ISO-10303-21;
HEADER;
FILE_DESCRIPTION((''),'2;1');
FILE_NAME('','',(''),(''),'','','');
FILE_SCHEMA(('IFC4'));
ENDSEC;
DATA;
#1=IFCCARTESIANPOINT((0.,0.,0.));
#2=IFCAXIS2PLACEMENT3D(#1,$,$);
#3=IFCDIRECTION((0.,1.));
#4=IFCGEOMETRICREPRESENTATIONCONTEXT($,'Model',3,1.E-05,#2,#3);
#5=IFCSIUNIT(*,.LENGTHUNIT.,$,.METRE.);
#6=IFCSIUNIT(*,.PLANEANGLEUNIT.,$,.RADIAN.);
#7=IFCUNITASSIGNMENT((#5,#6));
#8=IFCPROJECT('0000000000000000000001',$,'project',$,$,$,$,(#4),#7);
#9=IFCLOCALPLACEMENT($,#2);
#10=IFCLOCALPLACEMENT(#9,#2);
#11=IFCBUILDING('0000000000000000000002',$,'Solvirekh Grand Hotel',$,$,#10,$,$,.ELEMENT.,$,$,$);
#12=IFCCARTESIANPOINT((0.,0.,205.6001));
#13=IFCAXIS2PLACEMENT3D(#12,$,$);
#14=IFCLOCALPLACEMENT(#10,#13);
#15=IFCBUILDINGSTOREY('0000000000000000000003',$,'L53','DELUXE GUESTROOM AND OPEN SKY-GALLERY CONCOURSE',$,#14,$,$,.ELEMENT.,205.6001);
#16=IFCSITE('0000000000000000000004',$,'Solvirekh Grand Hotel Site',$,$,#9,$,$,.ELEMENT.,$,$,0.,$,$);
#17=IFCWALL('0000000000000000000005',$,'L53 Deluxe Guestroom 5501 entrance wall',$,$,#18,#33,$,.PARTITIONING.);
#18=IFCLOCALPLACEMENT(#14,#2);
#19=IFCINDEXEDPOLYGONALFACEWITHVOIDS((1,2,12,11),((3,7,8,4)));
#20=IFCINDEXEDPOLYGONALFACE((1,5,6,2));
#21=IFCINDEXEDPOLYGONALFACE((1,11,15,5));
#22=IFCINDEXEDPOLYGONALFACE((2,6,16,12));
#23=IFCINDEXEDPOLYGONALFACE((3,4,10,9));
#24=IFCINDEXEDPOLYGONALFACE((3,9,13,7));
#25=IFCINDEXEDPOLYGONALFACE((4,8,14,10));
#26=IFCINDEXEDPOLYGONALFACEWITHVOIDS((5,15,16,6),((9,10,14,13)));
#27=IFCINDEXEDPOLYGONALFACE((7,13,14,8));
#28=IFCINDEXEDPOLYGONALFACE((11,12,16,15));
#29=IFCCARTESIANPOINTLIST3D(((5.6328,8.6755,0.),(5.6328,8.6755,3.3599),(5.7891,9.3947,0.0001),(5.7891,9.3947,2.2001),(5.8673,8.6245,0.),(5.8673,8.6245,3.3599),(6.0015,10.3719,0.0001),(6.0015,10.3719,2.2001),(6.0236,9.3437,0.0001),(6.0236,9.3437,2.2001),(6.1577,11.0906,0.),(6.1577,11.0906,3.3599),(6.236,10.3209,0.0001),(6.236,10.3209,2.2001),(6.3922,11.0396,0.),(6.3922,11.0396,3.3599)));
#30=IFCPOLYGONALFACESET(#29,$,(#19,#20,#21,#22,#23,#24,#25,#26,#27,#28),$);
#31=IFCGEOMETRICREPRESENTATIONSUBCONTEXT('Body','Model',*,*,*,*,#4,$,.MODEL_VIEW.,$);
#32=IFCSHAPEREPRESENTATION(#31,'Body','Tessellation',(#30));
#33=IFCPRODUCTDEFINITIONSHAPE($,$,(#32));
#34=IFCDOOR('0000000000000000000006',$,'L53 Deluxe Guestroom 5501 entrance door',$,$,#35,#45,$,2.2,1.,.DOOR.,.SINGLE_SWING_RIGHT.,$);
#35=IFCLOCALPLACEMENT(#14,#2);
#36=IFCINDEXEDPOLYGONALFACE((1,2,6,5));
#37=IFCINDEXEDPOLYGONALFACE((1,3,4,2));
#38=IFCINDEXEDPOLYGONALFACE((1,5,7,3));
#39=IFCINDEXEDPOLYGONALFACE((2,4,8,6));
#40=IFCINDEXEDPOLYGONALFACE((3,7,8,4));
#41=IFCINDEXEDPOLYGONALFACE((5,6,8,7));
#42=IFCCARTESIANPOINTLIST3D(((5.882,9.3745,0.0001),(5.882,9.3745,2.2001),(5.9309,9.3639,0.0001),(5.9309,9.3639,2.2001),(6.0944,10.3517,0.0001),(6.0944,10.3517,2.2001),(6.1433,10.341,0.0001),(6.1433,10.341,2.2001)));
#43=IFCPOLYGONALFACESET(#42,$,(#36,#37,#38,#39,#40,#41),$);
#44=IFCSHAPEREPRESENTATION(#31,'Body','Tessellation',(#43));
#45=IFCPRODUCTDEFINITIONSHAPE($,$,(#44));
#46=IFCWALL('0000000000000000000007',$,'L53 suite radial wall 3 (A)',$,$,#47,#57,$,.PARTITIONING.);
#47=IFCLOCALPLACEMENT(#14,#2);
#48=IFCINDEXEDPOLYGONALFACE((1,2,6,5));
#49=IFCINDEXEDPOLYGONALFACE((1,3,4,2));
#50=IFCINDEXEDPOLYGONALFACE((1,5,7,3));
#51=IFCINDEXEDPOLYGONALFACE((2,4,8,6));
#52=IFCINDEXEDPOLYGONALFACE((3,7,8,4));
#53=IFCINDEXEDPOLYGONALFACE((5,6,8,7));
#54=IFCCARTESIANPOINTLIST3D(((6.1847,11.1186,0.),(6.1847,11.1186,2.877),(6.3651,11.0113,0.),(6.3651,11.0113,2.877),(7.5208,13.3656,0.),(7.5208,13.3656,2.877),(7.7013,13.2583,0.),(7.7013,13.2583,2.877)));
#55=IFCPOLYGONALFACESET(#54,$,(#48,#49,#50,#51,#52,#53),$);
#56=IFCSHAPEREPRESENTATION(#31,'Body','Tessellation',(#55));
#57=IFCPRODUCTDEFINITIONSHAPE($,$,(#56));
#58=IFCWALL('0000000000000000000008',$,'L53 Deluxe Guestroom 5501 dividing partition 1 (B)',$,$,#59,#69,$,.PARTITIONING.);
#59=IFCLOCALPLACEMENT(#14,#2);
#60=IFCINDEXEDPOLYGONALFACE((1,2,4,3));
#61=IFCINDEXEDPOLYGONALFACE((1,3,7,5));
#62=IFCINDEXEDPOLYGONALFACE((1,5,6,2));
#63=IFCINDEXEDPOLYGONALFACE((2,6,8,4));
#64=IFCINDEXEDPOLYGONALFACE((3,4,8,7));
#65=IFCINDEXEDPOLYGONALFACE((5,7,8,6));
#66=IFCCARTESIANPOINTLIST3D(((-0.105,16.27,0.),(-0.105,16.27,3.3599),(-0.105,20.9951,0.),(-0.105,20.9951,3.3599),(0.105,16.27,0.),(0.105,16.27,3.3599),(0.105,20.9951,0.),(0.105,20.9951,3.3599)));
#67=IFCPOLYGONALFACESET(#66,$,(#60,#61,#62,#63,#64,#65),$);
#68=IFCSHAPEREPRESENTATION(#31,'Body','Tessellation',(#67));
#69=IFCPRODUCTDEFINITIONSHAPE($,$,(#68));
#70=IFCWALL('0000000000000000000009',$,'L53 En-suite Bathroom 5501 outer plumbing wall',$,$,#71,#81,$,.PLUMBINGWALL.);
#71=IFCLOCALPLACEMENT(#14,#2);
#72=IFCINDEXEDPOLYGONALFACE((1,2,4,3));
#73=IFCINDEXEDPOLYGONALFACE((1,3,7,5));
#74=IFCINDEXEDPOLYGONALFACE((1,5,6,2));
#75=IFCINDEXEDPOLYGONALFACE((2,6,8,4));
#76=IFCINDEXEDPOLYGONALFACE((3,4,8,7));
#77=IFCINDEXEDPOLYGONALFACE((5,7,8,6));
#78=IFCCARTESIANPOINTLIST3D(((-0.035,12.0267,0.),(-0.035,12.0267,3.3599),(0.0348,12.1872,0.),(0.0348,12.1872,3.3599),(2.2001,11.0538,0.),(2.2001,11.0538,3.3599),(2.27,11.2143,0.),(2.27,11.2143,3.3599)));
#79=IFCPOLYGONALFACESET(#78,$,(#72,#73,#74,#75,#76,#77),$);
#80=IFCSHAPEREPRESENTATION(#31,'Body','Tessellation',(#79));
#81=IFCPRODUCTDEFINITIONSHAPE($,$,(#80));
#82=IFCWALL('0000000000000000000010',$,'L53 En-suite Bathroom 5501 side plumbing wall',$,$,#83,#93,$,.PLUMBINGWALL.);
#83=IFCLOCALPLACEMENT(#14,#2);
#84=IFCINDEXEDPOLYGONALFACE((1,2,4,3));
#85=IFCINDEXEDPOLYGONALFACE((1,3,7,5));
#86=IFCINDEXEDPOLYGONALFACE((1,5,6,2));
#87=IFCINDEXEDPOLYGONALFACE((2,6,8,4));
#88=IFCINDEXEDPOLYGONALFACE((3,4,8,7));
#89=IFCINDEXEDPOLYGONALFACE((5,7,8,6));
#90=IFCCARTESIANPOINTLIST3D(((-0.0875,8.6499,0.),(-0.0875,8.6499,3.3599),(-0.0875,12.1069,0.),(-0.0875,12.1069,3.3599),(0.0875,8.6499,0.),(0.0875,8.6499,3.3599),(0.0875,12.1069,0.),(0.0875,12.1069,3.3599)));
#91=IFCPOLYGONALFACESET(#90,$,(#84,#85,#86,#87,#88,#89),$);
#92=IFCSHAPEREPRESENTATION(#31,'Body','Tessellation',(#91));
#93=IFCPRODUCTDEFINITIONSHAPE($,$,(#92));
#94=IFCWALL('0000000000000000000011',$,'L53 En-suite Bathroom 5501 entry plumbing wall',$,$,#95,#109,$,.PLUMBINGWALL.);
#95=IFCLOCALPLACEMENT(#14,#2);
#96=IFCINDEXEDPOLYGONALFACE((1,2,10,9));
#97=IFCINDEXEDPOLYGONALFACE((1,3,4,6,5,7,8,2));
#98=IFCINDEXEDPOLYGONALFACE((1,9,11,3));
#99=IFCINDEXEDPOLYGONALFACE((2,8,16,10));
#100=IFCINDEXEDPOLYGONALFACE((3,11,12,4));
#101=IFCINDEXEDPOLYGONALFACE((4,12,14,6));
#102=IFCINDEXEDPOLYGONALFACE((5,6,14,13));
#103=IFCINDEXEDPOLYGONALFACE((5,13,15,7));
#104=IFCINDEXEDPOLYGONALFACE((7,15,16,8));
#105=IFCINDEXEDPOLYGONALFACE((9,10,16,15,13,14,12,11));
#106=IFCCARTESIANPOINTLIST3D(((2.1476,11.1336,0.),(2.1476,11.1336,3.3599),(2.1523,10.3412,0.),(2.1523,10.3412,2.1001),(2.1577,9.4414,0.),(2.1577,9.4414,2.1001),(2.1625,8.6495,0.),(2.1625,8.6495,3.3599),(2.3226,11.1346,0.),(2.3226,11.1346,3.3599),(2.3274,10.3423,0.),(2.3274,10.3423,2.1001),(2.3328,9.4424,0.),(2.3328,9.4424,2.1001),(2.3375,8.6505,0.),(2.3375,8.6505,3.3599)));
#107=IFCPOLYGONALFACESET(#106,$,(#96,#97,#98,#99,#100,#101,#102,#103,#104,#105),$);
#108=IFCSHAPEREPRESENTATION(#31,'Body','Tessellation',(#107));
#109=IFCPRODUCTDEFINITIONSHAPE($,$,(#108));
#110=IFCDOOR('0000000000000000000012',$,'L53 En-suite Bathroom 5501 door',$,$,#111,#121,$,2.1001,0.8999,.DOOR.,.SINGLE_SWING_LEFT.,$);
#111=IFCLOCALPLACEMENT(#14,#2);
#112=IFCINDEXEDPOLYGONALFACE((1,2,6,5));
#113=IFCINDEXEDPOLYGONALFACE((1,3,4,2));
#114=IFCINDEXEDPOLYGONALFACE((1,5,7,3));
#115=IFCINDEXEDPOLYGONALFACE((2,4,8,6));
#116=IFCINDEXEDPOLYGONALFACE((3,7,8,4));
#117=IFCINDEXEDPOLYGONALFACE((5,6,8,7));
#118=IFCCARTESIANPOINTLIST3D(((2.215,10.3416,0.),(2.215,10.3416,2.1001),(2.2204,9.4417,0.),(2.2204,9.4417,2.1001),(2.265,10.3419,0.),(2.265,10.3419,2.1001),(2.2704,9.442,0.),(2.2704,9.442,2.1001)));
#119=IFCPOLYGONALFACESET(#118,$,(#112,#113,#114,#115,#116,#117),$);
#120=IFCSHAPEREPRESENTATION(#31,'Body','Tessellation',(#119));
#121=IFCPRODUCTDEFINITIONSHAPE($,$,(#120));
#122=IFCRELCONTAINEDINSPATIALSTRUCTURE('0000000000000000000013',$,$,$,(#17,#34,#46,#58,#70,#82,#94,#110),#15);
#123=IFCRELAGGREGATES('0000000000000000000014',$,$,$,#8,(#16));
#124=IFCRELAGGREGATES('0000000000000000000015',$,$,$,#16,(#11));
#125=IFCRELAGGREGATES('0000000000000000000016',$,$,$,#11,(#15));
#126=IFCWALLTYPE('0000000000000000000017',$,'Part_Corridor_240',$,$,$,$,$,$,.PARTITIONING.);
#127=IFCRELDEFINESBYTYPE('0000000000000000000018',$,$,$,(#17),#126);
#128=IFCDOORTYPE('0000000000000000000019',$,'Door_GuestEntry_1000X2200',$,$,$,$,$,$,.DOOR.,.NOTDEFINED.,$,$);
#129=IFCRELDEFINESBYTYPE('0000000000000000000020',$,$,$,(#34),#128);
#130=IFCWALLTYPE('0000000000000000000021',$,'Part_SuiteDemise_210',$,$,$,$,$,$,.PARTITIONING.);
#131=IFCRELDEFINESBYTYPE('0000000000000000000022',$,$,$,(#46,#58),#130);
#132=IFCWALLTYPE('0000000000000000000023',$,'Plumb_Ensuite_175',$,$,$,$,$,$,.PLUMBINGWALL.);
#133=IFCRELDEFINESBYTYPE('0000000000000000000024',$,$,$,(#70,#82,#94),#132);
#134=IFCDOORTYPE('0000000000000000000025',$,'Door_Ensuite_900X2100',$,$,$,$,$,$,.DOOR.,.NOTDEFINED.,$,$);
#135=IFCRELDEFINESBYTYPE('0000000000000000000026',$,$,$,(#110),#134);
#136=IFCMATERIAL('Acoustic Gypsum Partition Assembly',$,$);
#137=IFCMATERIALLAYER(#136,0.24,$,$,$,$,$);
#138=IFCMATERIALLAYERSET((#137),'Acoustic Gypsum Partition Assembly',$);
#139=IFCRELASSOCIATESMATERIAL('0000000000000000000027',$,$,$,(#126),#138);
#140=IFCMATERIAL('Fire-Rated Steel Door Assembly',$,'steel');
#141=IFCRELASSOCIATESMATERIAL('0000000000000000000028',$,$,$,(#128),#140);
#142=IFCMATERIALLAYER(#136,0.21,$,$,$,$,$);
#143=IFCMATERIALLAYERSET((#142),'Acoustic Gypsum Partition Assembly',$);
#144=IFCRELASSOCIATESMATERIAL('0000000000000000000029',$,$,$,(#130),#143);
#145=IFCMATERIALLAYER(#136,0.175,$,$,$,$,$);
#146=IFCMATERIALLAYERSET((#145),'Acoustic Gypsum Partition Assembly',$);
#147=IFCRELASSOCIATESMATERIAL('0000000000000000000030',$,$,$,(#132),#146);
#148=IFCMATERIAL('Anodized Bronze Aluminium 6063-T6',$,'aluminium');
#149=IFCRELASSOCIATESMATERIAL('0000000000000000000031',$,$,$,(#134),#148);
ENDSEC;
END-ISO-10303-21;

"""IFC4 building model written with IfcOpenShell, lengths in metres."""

from ifc_helpers import new_model, si_unit, direction, frame, frame_2d, origin, place, context, subcontext, project, spatial, rectangle, extrude, material, layer, layer_set, type_object, element, fill, save


model = new_model("IFC4")

# Units and contexts
model_context = context("Model", 3, precision=1e-05, world=origin(), true_north=direction((0.0, 1.0)))
body_context = subcontext(model_context, "Body", "Model", "MODEL_VIEW")
ifc_project = project(units=[si_unit("LENGTHUNIT", "METRE"), si_unit("PLANEANGLEUNIT", "RADIAN")], contexts=[model_context])

# Site, building, storey
site_placement = place(None, origin())
site = spatial("IfcSite", under=ifc_project, at=site_placement, Name="Solvirekh Grand Hotel Site", CompositionType="ELEMENT", RefElevation=0.0)
building_placement = place(site_placement, origin())
building = spatial("IfcBuilding", under=site, at=building_placement, Name="Solvirekh Grand Hotel", CompositionType="ELEMENT")
storey_placement = place(building_placement, frame((0.0, 0.0, 205.6001)))
storey = spatial("IfcBuildingStorey", under=building, at=storey_placement, Name="L53", Description="DELUXE GUESTROOM AND OPEN SKY-GALLERY CONCOURSE", CompositionType="ELEMENT", Elevation=205.6001)

# Shared definitions
ifc_material_1 = material(Name="Anodized Bronze Aluminium 6063-T6", Category="aluminium")

# Shared definitions
ifc_material_2 = material(Name="Acoustic Gypsum Partition Assembly")
ifc_layer_1 = layer(ifc_material_2, 0.24)
ifc_layer_set_1 = layer_set([ifc_layer_1], Name="Acoustic Gypsum Partition Assembly")
wall_type_1 = type_object("IfcWallType", Name="Part_Corridor_240", PredefinedType="PARTITIONING", material=ifc_layer_set_1)

# Wall, opening, door
wall_1_placement = place(storey_placement, frame((5.75, 8.6499, 0.0), z_axis=(0.0, 0.0, 1.0), x_axis=(0.212389, 0.977185, 0.0)))
wall_1 = element("IfcWall", 1, at=wall_1_placement, inside=storey, type_object=wall_type_1, Name="L53 Deluxe Guestroom 5501 entrance wall", PredefinedType="PARTITIONING", context=body_context, shape_type="SweptSolid", body=[
    extrude(rectangle(XDim=2.4714, YDim=0.24, at=frame_2d((1.2358, 0.0))), origin(), (0.0, 0.0, 1.0), 3.3599),
])
opening_1_placement = place(wall_1_placement, frame((0.7361, 0.0, 0.0)))
opening_1 = element("IfcOpeningElement", 2, at=opening_1_placement, cuts=wall_1, PredefinedType="OPENING", context=body_context, shape_type="SweptSolid", body=[
    extrude(rectangle(XDim=1.0, YDim=2.2, at=frame_2d((0.5, 1.1001))), frame((0.0, 0.1299, 0.0), z_axis=(0.0, -1.0, 0.0), x_axis=(1.0, 0.0, 0.0)), (0.0, 0.0, 1.0), 0.26),
])
ifc_material_3 = material(Name="Fire-Rated Steel Door Assembly", Category="steel")
door_type_1 = type_object("IfcDoorType", Name="Door_GuestEntry_1000X2200", OperationType="NOTDEFINED", PredefinedType="DOOR", material=ifc_material_3)
door_1_placement = place(opening_1_placement, origin())
door_1 = element("IfcDoor", 3, at=door_1_placement, inside=storey, type_object=door_type_1, Name="L53 Deluxe Guestroom 5501 entrance door", OperationType="SINGLE_SWING_RIGHT", OverallHeight=2.2, OverallWidth=1.0, PredefinedType="DOOR", context=body_context, shape_type="SweptSolid", body=[
    extrude(rectangle(XDim=1.0, YDim=2.2, at=frame_2d((0.5, 1.1001))), frame((0.0, 0.0249, 0.0), z_axis=(0.0, -1.0, 0.0), x_axis=(1.0, 0.0, 0.0)), (0.0, 0.0, 1.0), 0.05),
])
fill(opening_1, door_1)

# Walls
ifc_layer_2 = layer(ifc_material_2, 0.21)
ifc_layer_set_2 = layer_set([ifc_layer_2], Name="Acoustic Gypsum Partition Assembly")
wall_type_2 = type_object("IfcWallType", Name="Part_SuiteDemise_210", PredefinedType="PARTITIONING", material=ifc_layer_set_2)
wall_2_placement = place(storey_placement, frame((6.2749, 11.0649, 0.0), z_axis=(0.0, 0.0, 1.0), x_axis=(0.5111, 0.859521, 0.0)))
element("IfcWall", 4, at=wall_2_placement, inside=storey, type_object=wall_type_2, Name="L53 suite radial wall 3 (A)", PredefinedType="PARTITIONING", context=body_context, shape_type="SweptSolid", body=[
    extrude(rectangle(XDim=2.6143, YDim=0.21, at=frame_2d((1.3071, 0.0))), origin(), (0.0, 0.0, 1.0), 2.877),
])
wall_3_placement = place(storey_placement, frame((0.0, 16.27, 0.0), z_axis=(0.0, 0.0, 1.0), x_axis=(0.0, 1.0, 0.0)))
element("IfcWall", 5, at=wall_3_placement, inside=storey, type_object=wall_type_2, Name="L53 Deluxe Guestroom 5501 dividing partition 1 (B)", PredefinedType="PARTITIONING", context=body_context, shape_type="SweptSolid", body=[
    extrude(rectangle(XDim=4.7251, YDim=0.21, at=frame_2d((2.3625, 0.0))), origin(), (0.0, 0.0, 1.0), 3.3599),
])
ifc_layer_3 = layer(ifc_material_2, 0.175)
ifc_layer_set_3 = layer_set([ifc_layer_3], Name="Acoustic Gypsum Partition Assembly")
wall_type_3 = type_object("IfcWallType", Name="Plumb_Ensuite_175", PredefinedType="PLUMBINGWALL", material=ifc_layer_set_3)
wall_4_placement = place(storey_placement, frame((0.0, 12.1069, 0.0), z_axis=(0.0, 0.0, 1.0), x_axis=(0.916903, -0.399111, 0.0)))
element("IfcWall", 6, at=wall_4_placement, inside=storey, type_object=wall_type_3, Name="L53 En-suite Bathroom 5501 outer plumbing wall", PredefinedType="PLUMBINGWALL", context=body_context, shape_type="SweptSolid", body=[
    extrude(rectangle(XDim=2.4377, YDim=0.175, at=frame_2d((1.2188, 0.0))), origin(), (0.0, 0.0, 1.0), 3.3599),
])
wall_5_placement = place(storey_placement, frame((0.0, 12.1069, 0.0), z_axis=(0.0, 0.0, 1.0), x_axis=(0.0, -1.0, 0.0)))
element("IfcWall", 7, at=wall_5_placement, inside=storey, type_object=wall_type_3, Name="L53 En-suite Bathroom 5501 side plumbing wall", PredefinedType="PLUMBINGWALL", context=body_context, shape_type="SweptSolid", body=[
    extrude(rectangle(XDim=3.457, YDim=0.175, at=frame_2d((1.7285, 0.0))), origin(), (0.0, 0.0, 1.0), 3.3599),
])

# Wall, opening, door
wall_6_placement = place(storey_placement, frame((2.25, 8.6499, 0.0), z_axis=(0.0, 0.0, 1.0), x_axis=(-0.005995, 0.999982, 0.0)))
wall_6 = element("IfcWall", 8, at=wall_6_placement, inside=storey, type_object=wall_type_3, Name="L53 En-suite Bathroom 5501 entry plumbing wall", PredefinedType="PLUMBINGWALL", context=body_context, shape_type="SweptSolid", body=[
    extrude(rectangle(XDim=2.4841, YDim=0.175, at=frame_2d((1.2422, 0.0))), origin(), (0.0, 0.0, 1.0), 3.3599),
])
opening_2_placement = place(wall_6_placement, frame((0.792, 0.0, 0.0)))
opening_2 = element("IfcOpeningElement", 9, at=opening_2_placement, cuts=wall_6, PredefinedType="OPENING", context=body_context, shape_type="SweptSolid", body=[
    extrude(rectangle(XDim=0.8999, YDim=2.1001, at=frame_2d((0.45, 1.05))), frame((0.0, 0.0977, 0.0), z_axis=(0.0, -1.0, 0.0), x_axis=(1.0, 0.0, 0.0)), (0.0, 0.0, 1.0), 0.1951),
])
door_type_2 = type_object("IfcDoorType", Name="Door_Ensuite_900X2100", OperationType="NOTDEFINED", PredefinedType="DOOR", material=ifc_material_1)
door_2_placement = place(opening_2_placement, origin())
door_2 = element("IfcDoor", 10, at=door_2_placement, inside=storey, type_object=door_type_2, Name="L53 En-suite Bathroom 5501 door", OperationType="SINGLE_SWING_LEFT", OverallHeight=2.1001, OverallWidth=0.8999, PredefinedType="DOOR", context=body_context, shape_type="SweptSolid", body=[
    extrude(rectangle(XDim=0.8999, YDim=2.1001, at=frame_2d((0.45, 1.05))), frame((0.0, 0.0249, 0.0), z_axis=(0.0, -1.0, 0.0), x_axis=(1.0, 0.0, 0.0)), (0.0, 0.0, 1.0), 0.05),
])
fill(opening_2, door_2)

save(model, "model.ifc")
